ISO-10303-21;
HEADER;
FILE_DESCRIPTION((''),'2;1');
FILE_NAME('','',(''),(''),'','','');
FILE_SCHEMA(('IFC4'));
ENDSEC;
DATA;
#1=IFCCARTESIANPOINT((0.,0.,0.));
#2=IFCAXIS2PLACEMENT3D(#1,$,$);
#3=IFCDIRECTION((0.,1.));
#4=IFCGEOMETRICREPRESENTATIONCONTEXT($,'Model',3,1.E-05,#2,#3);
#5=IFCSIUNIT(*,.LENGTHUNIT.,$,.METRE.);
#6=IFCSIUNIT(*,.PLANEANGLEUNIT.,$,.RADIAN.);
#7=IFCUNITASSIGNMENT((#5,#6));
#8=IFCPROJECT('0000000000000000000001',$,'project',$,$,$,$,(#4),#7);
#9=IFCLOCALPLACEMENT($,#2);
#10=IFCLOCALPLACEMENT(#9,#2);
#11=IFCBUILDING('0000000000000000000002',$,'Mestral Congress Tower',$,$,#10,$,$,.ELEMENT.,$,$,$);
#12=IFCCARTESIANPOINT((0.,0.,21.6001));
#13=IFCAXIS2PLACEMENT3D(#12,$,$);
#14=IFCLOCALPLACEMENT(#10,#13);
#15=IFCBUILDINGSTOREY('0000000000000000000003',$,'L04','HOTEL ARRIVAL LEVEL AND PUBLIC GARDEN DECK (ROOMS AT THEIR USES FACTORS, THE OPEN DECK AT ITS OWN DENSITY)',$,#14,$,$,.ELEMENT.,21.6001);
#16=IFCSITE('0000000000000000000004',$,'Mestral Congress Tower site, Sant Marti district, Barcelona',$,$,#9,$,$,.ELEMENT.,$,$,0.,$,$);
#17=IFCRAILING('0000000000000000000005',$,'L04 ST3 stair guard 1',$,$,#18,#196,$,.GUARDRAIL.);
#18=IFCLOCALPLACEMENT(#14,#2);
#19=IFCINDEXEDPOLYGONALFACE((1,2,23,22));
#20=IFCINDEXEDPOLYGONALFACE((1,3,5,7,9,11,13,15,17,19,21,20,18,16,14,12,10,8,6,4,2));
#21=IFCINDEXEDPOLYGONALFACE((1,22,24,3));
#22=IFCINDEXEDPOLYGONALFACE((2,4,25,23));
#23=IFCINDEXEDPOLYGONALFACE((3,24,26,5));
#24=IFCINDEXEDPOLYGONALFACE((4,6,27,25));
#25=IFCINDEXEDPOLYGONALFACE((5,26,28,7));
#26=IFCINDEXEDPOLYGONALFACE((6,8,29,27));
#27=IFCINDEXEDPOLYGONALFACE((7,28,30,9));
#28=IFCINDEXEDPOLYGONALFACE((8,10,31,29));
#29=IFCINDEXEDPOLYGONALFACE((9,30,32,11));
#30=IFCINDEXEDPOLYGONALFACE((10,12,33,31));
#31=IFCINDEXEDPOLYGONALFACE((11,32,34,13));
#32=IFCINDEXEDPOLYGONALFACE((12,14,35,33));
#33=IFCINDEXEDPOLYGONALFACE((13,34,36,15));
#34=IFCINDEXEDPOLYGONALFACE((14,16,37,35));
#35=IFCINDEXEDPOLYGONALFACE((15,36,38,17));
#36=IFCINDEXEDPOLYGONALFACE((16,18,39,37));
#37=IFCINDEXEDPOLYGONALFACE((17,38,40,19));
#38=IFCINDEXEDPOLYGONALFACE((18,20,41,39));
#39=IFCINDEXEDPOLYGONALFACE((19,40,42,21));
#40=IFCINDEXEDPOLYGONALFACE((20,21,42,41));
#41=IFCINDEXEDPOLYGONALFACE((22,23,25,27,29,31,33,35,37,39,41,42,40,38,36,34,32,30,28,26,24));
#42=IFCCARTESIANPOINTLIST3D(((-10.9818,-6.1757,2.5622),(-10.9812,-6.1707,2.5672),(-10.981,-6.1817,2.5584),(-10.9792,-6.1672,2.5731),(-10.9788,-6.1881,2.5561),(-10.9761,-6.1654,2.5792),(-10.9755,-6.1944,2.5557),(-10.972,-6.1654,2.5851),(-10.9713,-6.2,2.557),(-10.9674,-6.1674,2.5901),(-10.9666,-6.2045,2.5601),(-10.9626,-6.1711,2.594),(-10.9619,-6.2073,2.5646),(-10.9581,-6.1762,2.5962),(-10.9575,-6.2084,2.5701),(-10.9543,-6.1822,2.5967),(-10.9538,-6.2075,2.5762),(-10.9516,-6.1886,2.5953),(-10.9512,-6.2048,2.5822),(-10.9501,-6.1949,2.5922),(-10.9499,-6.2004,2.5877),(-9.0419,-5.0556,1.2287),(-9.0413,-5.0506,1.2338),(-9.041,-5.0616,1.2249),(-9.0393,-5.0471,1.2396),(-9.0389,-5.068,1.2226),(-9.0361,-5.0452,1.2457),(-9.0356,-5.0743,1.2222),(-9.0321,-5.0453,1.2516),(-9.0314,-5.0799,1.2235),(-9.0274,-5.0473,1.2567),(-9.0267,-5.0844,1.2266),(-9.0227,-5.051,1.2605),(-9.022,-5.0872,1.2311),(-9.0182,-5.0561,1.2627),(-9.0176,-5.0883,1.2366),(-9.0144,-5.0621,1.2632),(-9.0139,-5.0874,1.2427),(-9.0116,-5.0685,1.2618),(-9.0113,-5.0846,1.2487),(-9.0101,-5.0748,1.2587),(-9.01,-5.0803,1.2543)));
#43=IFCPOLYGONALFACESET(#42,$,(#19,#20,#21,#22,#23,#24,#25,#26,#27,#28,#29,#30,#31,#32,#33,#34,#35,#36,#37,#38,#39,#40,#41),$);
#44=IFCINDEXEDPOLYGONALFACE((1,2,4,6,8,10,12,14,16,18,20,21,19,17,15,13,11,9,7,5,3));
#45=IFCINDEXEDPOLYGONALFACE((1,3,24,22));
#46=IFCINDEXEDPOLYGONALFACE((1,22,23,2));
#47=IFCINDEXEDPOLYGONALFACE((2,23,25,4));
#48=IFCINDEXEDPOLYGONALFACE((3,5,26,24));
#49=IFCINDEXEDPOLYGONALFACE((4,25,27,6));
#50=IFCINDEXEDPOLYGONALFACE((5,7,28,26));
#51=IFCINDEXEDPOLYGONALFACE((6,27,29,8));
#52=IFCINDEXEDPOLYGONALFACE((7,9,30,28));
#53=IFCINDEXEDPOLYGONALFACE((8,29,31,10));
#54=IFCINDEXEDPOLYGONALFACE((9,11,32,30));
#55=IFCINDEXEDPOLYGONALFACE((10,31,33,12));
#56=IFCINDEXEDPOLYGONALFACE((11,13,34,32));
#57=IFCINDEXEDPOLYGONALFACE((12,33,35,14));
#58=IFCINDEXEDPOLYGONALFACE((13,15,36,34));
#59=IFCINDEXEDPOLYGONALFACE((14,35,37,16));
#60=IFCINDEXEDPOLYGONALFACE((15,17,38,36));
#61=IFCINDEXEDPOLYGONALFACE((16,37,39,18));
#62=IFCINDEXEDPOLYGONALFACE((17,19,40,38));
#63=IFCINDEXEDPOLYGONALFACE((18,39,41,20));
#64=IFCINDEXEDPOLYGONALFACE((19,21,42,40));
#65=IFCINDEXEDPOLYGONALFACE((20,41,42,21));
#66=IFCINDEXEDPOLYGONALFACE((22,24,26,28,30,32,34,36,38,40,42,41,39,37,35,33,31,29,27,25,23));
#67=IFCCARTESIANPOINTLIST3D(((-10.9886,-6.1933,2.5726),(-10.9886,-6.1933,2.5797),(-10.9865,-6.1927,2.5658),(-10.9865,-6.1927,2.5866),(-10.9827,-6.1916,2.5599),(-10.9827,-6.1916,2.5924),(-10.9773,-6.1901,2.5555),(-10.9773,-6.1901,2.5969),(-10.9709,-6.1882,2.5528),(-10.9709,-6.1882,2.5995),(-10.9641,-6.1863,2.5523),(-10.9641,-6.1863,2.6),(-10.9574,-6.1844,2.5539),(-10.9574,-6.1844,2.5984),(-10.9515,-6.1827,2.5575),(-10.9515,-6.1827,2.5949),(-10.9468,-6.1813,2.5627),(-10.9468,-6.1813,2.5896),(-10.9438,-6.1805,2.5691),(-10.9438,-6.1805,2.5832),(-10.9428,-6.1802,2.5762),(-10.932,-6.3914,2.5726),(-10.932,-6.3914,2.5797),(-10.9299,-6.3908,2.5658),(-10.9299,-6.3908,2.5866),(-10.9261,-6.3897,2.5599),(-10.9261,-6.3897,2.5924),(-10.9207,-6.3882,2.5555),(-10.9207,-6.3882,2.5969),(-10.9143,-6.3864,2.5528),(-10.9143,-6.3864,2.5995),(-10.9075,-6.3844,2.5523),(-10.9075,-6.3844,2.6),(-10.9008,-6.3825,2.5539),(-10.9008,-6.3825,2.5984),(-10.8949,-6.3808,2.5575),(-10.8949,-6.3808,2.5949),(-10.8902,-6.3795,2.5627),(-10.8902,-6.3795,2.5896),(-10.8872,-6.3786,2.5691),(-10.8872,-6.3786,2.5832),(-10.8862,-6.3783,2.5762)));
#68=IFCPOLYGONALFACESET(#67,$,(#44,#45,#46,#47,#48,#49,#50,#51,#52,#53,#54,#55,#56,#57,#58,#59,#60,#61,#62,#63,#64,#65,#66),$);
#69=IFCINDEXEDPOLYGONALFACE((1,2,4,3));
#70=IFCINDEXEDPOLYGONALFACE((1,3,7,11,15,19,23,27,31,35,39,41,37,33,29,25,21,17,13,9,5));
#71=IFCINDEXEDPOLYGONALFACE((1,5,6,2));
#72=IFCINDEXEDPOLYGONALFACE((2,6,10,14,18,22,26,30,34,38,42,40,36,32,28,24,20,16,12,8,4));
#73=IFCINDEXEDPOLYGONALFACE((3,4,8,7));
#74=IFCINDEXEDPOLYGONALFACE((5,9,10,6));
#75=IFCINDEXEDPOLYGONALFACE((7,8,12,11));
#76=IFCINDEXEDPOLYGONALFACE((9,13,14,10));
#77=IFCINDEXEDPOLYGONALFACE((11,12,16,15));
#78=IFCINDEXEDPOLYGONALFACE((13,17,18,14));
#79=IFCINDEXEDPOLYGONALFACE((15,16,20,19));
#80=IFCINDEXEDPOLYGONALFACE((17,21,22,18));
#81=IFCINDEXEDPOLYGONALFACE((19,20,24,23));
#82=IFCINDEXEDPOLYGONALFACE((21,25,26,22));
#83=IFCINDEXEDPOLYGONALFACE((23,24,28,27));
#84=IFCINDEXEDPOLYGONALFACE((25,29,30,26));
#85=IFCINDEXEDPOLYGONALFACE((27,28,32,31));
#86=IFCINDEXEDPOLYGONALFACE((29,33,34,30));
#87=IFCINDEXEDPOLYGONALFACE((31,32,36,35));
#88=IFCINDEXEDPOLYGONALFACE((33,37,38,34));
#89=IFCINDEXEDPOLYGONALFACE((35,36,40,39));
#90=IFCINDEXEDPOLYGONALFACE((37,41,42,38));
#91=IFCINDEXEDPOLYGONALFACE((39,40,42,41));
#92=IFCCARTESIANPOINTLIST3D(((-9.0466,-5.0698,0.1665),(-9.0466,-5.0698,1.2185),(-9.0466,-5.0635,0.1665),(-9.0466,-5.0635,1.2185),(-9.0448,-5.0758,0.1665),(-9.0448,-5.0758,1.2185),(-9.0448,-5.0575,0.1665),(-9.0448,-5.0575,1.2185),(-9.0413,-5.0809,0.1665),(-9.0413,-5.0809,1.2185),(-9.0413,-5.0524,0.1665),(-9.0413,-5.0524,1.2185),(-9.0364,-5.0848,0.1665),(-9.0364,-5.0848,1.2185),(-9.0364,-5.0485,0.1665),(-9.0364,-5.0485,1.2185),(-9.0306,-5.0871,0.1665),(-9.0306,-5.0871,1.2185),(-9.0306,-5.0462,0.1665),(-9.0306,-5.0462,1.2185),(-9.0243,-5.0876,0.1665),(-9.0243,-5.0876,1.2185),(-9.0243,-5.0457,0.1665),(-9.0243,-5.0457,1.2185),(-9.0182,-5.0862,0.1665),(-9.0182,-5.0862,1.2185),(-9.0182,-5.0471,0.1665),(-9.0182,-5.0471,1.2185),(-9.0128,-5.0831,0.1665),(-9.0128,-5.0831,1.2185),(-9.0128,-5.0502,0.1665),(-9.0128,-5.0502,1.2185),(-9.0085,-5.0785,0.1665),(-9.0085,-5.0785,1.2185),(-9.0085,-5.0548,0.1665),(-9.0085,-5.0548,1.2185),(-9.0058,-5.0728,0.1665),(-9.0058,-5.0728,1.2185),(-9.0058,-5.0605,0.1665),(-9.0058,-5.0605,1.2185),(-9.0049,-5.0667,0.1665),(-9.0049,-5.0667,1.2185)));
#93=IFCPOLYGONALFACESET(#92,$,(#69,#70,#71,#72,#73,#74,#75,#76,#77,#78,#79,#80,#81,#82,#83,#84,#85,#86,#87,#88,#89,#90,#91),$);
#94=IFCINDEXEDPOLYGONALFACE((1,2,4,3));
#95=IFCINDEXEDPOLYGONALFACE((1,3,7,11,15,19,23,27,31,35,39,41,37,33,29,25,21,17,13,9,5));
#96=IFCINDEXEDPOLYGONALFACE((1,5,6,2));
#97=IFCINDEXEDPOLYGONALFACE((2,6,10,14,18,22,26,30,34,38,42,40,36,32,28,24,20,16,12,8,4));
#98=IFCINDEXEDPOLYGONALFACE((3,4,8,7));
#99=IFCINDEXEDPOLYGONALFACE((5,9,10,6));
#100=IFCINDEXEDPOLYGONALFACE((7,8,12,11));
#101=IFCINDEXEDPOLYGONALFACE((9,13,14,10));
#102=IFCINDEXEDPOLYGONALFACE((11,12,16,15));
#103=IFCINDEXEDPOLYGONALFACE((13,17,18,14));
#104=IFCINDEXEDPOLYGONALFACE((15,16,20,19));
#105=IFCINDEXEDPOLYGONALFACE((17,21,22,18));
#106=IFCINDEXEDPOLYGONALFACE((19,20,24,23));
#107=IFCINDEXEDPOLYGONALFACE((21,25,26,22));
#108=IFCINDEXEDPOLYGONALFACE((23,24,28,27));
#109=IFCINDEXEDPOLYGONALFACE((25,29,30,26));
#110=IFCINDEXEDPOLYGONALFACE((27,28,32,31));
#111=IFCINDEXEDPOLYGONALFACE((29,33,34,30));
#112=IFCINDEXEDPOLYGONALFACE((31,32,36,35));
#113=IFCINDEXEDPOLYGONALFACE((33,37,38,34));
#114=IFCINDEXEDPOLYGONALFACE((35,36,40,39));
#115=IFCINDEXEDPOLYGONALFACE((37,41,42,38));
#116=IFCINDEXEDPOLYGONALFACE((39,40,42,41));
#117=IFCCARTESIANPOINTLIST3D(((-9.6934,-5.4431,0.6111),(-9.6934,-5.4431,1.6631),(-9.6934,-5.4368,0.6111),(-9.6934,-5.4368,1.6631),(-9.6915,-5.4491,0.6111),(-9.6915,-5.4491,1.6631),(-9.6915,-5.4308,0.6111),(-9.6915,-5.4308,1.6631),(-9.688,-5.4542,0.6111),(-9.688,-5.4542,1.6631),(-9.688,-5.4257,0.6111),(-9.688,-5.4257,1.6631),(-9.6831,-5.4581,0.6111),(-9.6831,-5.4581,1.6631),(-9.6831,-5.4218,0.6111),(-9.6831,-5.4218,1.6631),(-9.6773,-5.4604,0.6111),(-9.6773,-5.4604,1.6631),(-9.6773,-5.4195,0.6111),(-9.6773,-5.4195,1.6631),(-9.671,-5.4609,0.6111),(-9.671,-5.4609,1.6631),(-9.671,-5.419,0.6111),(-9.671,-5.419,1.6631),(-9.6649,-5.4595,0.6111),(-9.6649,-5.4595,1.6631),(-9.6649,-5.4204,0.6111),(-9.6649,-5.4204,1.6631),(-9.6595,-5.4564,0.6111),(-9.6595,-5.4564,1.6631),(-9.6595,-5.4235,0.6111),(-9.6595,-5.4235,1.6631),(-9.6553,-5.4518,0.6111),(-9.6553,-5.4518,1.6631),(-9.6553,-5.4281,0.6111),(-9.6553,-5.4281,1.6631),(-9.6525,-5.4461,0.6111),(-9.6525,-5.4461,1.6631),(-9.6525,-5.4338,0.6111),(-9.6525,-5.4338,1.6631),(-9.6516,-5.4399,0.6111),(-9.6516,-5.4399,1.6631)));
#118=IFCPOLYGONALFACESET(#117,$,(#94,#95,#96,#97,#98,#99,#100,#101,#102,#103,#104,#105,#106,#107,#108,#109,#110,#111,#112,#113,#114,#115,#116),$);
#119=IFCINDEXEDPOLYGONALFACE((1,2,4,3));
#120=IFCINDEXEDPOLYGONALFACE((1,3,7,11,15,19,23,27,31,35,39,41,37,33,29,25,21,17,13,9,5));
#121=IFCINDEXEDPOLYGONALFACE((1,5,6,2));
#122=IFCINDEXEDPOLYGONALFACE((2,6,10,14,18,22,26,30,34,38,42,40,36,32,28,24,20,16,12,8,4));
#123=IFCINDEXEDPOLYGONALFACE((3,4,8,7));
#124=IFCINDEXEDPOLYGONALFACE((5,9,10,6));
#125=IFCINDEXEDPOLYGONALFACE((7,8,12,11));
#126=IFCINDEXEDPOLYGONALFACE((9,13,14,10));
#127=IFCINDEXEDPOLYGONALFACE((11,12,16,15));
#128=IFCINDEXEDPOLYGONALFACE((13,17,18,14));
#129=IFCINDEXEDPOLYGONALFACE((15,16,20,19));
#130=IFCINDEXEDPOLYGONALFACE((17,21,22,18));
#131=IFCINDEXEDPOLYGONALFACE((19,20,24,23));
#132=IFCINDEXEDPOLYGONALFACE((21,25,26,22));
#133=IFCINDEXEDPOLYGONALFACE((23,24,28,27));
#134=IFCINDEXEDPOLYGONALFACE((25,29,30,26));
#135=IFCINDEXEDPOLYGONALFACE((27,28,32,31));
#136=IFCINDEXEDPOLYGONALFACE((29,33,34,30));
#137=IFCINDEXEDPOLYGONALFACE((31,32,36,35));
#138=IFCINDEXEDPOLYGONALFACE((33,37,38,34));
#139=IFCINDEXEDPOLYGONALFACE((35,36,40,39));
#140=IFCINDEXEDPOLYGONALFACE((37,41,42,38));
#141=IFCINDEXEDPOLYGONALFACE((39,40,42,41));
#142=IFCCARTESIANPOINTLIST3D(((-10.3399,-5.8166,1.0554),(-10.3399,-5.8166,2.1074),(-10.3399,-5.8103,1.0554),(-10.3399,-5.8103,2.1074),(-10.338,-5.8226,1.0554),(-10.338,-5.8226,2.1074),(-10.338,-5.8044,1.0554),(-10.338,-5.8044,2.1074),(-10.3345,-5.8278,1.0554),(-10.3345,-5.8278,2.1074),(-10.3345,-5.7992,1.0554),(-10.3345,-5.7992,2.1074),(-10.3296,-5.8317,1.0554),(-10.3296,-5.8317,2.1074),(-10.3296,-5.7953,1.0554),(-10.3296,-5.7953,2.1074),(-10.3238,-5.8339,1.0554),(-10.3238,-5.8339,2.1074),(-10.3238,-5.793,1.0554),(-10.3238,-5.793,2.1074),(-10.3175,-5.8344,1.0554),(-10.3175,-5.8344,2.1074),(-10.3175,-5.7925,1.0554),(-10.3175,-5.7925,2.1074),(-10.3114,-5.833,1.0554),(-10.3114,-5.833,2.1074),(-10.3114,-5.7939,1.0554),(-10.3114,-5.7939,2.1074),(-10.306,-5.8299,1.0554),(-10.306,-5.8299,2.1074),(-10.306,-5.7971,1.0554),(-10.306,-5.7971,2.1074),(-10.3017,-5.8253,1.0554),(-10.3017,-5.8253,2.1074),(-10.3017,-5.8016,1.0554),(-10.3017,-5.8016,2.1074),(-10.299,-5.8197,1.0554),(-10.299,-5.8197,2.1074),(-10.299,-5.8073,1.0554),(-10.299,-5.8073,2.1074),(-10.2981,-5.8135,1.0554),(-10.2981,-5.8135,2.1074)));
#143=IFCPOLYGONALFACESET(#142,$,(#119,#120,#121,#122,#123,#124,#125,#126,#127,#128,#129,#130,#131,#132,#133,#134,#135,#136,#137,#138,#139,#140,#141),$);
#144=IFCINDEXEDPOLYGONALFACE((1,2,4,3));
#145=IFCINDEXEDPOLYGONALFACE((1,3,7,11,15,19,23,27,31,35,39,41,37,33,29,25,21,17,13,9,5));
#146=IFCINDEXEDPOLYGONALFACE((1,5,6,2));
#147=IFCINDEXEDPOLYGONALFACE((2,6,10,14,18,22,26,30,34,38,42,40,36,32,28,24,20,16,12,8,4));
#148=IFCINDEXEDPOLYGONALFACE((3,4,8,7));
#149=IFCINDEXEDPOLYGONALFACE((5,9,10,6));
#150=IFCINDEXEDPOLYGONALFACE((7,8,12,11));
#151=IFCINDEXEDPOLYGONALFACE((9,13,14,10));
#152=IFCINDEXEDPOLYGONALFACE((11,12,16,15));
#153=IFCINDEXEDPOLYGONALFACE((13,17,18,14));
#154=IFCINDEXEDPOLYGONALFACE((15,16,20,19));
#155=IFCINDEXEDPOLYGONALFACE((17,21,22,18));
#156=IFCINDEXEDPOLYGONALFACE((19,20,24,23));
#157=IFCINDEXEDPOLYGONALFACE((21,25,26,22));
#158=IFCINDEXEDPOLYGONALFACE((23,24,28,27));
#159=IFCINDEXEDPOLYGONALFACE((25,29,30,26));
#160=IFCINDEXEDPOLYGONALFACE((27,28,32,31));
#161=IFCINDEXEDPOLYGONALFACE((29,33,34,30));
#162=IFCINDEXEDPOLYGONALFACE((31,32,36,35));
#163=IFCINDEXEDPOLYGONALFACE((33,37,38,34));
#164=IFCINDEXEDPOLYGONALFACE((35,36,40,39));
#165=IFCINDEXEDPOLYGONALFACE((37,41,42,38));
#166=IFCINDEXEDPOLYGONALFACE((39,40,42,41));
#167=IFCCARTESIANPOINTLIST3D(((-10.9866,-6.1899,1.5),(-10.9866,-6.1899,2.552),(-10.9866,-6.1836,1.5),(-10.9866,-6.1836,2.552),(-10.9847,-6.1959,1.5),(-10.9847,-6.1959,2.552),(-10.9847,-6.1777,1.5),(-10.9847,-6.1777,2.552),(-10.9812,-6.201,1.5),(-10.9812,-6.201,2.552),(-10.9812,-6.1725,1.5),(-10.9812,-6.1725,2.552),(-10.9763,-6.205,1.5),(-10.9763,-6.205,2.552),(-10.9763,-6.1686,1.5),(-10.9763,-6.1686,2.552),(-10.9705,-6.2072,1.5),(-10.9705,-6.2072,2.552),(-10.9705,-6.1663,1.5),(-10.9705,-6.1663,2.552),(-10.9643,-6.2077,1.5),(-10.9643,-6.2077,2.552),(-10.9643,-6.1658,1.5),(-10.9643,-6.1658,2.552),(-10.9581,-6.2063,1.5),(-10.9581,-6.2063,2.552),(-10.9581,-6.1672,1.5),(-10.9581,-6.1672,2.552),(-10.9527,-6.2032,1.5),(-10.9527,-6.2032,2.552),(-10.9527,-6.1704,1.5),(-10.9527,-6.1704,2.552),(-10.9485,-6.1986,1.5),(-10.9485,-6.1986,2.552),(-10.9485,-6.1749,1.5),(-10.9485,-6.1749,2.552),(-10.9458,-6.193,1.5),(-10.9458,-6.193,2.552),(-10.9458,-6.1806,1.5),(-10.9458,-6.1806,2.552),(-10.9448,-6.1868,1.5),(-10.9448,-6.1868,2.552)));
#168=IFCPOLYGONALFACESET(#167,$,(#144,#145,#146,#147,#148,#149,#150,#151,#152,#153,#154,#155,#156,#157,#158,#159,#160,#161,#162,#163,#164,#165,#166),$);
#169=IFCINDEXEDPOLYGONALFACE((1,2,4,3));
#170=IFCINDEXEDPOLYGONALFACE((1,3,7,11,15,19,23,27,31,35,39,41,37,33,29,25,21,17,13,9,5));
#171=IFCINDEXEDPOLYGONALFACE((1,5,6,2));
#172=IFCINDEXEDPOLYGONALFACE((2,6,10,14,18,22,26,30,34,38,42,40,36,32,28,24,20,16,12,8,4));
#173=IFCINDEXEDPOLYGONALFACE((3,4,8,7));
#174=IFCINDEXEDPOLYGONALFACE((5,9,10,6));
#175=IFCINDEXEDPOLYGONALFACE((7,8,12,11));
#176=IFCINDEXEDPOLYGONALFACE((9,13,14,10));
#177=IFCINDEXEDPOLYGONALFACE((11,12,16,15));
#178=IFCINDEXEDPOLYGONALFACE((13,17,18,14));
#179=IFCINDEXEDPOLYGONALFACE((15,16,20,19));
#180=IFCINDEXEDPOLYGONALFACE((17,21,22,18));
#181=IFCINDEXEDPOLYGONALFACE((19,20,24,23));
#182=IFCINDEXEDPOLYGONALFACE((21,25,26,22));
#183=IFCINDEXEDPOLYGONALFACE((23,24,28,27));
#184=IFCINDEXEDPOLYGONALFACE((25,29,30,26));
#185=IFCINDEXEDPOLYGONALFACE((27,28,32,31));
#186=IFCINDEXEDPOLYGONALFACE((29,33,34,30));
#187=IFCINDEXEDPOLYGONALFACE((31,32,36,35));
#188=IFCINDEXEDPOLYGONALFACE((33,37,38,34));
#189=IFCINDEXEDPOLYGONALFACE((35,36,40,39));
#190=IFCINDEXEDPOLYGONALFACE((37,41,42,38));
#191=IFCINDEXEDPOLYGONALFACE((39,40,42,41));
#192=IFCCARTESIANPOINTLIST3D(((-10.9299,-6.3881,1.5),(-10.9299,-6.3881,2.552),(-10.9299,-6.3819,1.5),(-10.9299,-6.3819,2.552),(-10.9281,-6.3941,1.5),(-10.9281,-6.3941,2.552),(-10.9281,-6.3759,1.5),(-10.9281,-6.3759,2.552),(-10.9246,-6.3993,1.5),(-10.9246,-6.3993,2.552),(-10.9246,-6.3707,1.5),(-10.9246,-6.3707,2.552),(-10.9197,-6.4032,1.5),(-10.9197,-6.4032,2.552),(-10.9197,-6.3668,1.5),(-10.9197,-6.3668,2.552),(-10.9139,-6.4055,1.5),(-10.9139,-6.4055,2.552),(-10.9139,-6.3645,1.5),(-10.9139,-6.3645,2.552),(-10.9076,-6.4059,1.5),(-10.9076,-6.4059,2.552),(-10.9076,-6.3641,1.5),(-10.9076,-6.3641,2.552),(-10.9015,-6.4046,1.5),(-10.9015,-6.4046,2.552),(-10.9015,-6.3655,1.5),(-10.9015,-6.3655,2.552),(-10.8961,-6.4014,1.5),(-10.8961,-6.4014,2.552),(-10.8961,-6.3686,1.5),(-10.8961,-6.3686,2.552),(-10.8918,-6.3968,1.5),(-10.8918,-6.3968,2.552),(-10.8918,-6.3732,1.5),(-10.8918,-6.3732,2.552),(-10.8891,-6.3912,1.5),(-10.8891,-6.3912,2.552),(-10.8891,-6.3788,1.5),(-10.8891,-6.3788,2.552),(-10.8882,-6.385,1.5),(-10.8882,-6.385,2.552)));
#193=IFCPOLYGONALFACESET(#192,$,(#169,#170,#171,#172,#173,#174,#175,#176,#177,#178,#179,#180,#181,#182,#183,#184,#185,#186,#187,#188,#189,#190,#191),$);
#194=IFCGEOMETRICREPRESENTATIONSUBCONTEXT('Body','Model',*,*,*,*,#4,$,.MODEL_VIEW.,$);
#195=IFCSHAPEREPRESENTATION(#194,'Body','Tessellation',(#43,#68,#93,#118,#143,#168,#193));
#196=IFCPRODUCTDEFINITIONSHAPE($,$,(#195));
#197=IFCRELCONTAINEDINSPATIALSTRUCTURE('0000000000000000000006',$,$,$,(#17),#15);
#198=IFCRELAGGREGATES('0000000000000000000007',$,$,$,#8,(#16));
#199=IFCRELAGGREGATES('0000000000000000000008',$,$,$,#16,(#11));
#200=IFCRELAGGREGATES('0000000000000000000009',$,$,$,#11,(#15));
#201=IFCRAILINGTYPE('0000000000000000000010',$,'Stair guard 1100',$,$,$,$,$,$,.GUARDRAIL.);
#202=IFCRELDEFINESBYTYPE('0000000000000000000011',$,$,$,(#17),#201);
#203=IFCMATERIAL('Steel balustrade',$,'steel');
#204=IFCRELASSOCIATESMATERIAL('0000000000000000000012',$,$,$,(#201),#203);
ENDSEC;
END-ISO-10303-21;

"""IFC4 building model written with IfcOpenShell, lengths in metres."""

from ifc_helpers import new_model, si_unit, direction, frame, origin, origin_2d, place, context, subcontext, project, spatial, circle, extrude, material, type_object, element, save


model = new_model("IFC4")

# Units and contexts
model_context = context("Model", 3, precision=1e-05, world=origin(), true_north=direction((0.0, 1.0)))
body_context = subcontext(model_context, "Body", "Model", "MODEL_VIEW")
ifc_project = project(units=[si_unit("LENGTHUNIT", "METRE"), si_unit("PLANEANGLEUNIT", "RADIAN")], contexts=[model_context])

# Site, building, storey
site_placement = place(None, origin())
site = spatial("IfcSite", under=ifc_project, at=site_placement, Name="Mestral Congress Tower site, Sant Marti district, Barcelona", CompositionType="ELEMENT", RefElevation=0.0)
building_placement = place(site_placement, origin())
building = spatial("IfcBuilding", under=site, at=building_placement, Name="Mestral Congress Tower", CompositionType="ELEMENT")
storey_placement = place(building_placement, frame((0.0, 0.0, 21.6001)))
storey = spatial("IfcBuildingStorey", under=building, at=storey_placement, Name="L04", Description="HOTEL ARRIVAL LEVEL AND PUBLIC GARDEN DECK (ROOMS AT THEIR USES FACTORS, THE OPEN DECK AT ITS OWN DENSITY)", CompositionType="ELEMENT", Elevation=21.6001)

# Railing
ifc_material_1 = material(Name="Steel balustrade", Category="steel")
railing_type_1 = type_object("IfcRailingType", Name="Stair guard 1100", PredefinedType="GUARDRAIL", material=ifc_material_1)
for number, where, name in (
    (1, (-9.0259, -5.0667, 0.1665), "L04 ST3 stair guard 1"),
):
    element("IfcRailing", number, at=place(storey_placement, frame(where)), inside=storey, type_object=railing_type_1, Name=name, PredefinedType="GUARDRAIL", context=body_context, shape_type="SweptSolid", body=[
        extrude(circle(Radius=0.0239, at=origin_2d()), frame((0.0, 0.0, 1.0762), z_axis=(-0.744139, -0.429664, 0.511514), x_axis=(0.500031, -0.866008, 0.0)), (0.0, 0.0, 1.0), 2.6069),
        extrude(circle(Radius=0.0239, at=origin_2d()), frame((-1.9399, -1.1201, 2.4097), z_axis=(0.274721, -0.961524, 0.0), x_axis=(0.961524, 0.274721, 0.0)), (0.0, 0.0, 1.0), 0.2061),
        extrude(circle(Radius=0.021, at=origin_2d()), origin(), (0.0, 0.0, 1.0), 1.052),
        extrude(circle(Radius=0.021, at=origin_2d()), frame((-0.6467, -0.3733, 0.4446)), (0.0, 0.0, 1.0), 1.052),
        extrude(circle(Radius=0.021, at=origin_2d()), frame((-1.2932, -0.7468, 0.8889)), (0.0, 0.0, 1.0), 1.052),
        extrude(circle(Radius=0.021, at=origin_2d()), frame((-1.9399, -1.1201, 1.3335)), (0.0, 0.0, 1.0), 1.052),
        extrude(circle(Radius=0.021, at=origin_2d()), frame((-1.8833, -1.3184, 1.3335)), (0.0, 0.0, 1.0), 1.052),
    ])

save(model, "model.ifc")
